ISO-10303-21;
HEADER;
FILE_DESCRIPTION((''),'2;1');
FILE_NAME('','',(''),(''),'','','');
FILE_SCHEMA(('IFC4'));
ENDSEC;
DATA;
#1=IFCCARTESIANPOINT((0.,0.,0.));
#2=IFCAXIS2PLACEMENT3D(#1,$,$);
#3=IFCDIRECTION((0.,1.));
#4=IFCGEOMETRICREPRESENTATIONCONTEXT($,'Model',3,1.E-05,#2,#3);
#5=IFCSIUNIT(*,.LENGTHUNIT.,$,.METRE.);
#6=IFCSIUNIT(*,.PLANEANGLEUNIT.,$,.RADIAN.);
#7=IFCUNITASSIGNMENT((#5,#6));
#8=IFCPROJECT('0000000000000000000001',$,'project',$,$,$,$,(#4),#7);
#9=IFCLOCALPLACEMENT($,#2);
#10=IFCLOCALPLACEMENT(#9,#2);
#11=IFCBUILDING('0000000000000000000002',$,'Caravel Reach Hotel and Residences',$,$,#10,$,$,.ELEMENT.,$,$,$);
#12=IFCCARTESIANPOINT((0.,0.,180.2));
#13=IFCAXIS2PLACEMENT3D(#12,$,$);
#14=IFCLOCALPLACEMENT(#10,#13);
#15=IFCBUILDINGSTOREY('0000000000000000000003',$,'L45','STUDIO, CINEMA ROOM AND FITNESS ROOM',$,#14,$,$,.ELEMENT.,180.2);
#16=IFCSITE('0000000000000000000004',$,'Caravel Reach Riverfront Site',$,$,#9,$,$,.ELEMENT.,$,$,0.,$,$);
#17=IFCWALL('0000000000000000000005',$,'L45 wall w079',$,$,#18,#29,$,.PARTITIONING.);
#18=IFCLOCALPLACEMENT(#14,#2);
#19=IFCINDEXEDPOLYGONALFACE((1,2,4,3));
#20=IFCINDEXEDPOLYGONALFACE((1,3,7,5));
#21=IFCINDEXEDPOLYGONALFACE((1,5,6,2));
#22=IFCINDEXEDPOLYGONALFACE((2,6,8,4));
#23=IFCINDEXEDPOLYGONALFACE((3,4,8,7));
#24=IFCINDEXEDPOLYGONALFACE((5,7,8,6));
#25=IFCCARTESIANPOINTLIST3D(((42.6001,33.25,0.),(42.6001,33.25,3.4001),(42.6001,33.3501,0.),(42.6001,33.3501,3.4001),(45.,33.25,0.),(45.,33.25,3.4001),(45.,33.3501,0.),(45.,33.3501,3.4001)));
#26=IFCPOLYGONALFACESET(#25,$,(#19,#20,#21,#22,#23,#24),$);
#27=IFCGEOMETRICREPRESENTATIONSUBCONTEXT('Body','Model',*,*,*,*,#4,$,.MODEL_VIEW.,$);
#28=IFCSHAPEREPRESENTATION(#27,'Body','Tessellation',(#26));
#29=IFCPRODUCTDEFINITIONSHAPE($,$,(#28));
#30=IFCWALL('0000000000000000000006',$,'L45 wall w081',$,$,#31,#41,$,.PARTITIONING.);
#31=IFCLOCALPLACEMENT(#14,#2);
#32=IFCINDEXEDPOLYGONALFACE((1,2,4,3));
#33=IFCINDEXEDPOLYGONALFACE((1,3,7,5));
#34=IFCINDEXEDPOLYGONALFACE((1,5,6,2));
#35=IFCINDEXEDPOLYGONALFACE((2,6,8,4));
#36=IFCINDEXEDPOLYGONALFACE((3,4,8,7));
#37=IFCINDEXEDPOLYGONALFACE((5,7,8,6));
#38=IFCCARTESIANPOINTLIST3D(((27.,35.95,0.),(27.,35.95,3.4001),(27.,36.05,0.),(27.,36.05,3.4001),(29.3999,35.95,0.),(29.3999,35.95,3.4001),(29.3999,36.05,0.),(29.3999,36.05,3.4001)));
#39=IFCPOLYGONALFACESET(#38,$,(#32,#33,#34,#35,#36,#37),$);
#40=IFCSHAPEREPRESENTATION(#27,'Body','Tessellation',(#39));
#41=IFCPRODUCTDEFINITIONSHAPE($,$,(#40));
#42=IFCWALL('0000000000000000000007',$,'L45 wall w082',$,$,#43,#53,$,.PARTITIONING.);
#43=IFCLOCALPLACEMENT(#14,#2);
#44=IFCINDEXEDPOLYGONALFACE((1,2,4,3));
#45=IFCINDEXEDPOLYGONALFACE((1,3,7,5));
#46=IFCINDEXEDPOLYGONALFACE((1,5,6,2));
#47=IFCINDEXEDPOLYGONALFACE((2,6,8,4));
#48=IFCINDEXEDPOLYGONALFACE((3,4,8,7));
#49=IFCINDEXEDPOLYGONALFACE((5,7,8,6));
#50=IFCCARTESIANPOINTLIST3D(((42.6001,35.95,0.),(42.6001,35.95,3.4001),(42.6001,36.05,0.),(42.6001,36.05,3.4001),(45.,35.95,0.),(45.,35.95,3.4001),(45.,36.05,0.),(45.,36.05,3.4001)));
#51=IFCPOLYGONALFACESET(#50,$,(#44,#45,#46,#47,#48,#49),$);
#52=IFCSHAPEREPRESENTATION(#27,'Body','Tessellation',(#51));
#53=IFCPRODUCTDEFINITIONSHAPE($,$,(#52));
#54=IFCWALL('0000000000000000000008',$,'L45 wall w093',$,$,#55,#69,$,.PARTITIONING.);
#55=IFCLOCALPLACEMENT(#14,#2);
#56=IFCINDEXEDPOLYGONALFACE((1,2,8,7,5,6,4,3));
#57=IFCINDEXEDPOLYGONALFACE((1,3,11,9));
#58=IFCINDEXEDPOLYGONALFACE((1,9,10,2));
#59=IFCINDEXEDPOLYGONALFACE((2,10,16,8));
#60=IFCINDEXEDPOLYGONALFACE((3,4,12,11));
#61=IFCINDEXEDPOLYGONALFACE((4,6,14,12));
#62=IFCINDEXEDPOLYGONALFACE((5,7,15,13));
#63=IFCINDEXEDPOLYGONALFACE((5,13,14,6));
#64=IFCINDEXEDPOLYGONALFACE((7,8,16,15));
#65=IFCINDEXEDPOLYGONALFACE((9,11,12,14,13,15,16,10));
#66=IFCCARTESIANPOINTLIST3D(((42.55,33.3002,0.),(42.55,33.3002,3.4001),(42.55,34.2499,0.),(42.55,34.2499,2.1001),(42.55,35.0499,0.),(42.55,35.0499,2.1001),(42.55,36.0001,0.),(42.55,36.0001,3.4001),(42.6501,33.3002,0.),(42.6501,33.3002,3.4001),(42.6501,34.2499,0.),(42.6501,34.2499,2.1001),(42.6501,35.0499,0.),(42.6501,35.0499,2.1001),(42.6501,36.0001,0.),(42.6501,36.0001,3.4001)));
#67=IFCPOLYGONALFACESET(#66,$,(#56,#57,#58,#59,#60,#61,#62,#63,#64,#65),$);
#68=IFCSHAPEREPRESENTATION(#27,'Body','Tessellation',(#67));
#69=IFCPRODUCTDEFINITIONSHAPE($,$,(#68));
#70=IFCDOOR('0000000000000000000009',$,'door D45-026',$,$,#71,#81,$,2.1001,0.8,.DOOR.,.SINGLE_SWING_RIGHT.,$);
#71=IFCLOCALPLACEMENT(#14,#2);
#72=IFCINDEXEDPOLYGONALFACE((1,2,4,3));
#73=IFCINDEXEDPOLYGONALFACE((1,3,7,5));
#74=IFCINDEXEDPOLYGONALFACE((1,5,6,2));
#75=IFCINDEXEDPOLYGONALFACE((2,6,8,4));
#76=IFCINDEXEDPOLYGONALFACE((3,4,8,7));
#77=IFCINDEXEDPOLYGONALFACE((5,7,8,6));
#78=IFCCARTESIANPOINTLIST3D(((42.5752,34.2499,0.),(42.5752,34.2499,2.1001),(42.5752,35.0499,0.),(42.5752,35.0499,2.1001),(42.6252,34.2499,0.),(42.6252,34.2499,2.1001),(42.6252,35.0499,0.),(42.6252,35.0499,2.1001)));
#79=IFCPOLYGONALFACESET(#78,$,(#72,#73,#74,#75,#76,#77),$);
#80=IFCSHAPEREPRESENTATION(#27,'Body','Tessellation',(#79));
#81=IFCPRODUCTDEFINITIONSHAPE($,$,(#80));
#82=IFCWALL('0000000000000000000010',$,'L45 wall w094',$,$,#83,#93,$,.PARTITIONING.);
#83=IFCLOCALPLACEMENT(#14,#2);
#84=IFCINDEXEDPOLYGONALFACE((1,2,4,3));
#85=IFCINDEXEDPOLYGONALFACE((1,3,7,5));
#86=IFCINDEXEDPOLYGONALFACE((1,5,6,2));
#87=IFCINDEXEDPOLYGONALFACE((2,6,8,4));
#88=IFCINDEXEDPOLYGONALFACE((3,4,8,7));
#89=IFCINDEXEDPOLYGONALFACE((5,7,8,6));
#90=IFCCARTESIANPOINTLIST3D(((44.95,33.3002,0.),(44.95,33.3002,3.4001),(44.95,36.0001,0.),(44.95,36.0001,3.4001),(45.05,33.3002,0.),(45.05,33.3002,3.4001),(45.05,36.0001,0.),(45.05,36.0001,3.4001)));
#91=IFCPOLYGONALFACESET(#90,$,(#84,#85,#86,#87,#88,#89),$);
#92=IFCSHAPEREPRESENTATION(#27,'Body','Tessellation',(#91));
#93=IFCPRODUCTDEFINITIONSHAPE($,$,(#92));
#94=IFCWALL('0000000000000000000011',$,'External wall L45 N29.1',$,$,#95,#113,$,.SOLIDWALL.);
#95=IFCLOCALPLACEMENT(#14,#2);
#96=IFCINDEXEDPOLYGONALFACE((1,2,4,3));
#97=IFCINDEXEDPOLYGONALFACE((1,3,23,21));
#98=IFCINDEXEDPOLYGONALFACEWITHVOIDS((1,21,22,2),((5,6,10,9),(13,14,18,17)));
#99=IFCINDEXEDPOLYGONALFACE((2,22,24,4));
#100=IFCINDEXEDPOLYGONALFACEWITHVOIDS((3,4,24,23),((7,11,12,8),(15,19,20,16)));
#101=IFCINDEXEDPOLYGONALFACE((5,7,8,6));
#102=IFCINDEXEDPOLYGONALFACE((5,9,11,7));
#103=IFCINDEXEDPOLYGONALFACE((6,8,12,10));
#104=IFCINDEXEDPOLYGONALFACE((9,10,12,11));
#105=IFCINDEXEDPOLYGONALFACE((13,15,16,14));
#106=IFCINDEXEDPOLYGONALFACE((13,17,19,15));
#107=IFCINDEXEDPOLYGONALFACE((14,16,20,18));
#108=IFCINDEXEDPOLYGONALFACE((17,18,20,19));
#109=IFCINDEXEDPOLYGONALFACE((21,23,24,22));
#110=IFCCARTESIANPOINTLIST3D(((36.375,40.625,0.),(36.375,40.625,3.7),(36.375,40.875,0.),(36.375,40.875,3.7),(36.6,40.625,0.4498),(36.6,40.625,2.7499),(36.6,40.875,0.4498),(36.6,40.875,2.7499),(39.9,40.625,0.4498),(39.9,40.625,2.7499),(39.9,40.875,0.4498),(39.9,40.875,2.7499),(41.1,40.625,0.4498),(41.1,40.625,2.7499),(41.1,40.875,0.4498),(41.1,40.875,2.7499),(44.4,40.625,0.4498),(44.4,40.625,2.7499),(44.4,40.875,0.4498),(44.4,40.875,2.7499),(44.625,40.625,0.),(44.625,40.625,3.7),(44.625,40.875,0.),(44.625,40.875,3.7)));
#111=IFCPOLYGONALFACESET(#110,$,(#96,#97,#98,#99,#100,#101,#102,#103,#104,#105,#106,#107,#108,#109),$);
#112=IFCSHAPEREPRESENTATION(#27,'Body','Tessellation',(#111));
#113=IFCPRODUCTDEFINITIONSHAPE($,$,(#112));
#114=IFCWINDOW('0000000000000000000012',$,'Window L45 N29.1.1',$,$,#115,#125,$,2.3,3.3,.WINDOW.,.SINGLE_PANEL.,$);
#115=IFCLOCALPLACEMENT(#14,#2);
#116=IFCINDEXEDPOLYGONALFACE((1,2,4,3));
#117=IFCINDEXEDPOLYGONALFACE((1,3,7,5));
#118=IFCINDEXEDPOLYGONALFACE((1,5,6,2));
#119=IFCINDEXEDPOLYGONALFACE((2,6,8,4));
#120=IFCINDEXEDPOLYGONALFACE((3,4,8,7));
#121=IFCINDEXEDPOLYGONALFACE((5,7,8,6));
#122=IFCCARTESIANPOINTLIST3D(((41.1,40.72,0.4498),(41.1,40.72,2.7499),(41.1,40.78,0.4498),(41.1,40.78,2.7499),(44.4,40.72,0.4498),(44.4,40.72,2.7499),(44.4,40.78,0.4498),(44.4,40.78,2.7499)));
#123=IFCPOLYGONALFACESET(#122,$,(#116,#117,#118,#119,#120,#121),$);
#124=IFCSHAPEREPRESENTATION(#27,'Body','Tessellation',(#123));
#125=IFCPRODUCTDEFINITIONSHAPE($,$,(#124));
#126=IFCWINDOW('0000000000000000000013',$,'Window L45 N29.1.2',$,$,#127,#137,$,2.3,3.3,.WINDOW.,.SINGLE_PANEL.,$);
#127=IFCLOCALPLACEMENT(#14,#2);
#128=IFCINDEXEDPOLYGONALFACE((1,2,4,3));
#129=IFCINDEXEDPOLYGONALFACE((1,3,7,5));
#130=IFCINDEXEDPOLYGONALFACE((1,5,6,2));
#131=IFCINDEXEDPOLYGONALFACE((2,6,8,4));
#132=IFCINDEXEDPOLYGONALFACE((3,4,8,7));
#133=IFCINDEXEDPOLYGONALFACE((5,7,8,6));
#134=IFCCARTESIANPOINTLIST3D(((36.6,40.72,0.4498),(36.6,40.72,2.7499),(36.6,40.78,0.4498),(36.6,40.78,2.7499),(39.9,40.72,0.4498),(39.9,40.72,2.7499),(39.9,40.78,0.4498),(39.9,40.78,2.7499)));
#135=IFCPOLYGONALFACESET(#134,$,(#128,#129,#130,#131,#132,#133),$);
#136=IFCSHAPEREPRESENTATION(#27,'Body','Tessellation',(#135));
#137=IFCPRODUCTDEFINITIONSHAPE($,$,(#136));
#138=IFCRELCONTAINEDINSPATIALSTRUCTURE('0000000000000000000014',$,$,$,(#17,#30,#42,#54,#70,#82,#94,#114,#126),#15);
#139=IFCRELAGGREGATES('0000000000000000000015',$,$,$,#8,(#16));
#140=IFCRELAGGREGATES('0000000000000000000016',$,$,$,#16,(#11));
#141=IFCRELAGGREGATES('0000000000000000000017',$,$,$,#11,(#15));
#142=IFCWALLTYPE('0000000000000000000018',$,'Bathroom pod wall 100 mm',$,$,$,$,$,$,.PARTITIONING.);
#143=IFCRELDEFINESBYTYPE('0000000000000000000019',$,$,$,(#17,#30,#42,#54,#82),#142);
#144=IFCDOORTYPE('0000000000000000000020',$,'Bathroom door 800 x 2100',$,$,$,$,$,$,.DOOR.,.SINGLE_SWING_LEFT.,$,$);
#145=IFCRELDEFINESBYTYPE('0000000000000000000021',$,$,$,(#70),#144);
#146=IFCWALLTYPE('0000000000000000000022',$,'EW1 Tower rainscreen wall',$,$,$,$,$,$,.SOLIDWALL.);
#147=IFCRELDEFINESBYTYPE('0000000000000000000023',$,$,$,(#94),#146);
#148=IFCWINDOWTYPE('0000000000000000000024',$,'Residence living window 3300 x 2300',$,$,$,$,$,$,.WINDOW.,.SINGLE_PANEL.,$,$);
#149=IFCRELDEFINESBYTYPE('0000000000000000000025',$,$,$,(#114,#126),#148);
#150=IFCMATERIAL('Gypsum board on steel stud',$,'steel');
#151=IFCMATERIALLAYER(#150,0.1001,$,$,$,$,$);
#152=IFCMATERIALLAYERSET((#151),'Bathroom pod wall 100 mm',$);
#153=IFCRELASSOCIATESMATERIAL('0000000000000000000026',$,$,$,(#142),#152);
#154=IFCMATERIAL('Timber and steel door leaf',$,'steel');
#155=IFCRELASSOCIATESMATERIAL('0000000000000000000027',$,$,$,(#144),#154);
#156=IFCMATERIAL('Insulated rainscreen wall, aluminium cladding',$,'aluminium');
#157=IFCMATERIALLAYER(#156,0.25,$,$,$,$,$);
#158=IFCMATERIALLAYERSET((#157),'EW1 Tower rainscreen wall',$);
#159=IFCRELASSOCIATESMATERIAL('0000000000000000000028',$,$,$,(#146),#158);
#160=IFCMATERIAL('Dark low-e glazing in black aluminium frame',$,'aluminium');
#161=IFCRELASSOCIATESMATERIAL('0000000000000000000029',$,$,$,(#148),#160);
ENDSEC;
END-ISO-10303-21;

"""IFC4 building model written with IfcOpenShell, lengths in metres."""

from ifc_helpers import new_model, si_unit, direction, frame, frame_2d, origin, place, context, subcontext, project, spatial, rectangle, extrude, material, layer, layer_set, type_object, element, fill, save


model = new_model("IFC4")

# Units and contexts
model_context = context("Model", 3, precision=1e-05, world=origin(), true_north=direction((0.0, 1.0)))
body_context = subcontext(model_context, "Body", "Model", "MODEL_VIEW")
ifc_project = project(units=[si_unit("LENGTHUNIT", "METRE"), si_unit("PLANEANGLEUNIT", "RADIAN")], contexts=[model_context])

# Site, building, storey
site_placement = place(None, origin())
site = spatial("IfcSite", under=ifc_project, at=site_placement, Name="Caravel Reach Riverfront Site", CompositionType="ELEMENT", RefElevation=0.0)
building_placement = place(site_placement, origin())
building = spatial("IfcBuilding", under=site, at=building_placement, Name="Caravel Reach Hotel and Residences", CompositionType="ELEMENT")
storey_placement = place(building_placement, frame((0.0, 0.0, 180.2)))
storey = spatial("IfcBuildingStorey", under=building, at=storey_placement, Name="L45", Description="STUDIO, CINEMA ROOM AND FITNESS ROOM", CompositionType="ELEMENT", Elevation=180.2)

# Walls
ifc_material_1 = material(Name="Gypsum board on steel stud", Category="steel")
ifc_layer_1 = layer(ifc_material_1, 0.1001)
ifc_layer_set_1 = layer_set([ifc_layer_1], Name="Bathroom pod wall 100 mm")
wall_type_1 = type_object("IfcWallType", Name="Bathroom pod wall 100 mm", PredefinedType="PARTITIONING", material=ifc_layer_set_1)
for number, where, z_axis, x_axis, name in (
    (1, (42.6001, 33.3, 0.0), (0.0, 0.0, 1.0), (1.0, 0.0, 0.0), "L45 wall w079"),
    (2, (27.0, 36.0, 0.0), (0.0, 0.0, 1.0), (1.0, 0.0, 0.0), "L45 wall w081"),
    (3, (42.6001, 36.0, 0.0), (0.0, 0.0, 1.0), (1.0, 0.0, 0.0), "L45 wall w082"),
):
    element("IfcWall", number, at=place(storey_placement, frame(where, z_axis=z_axis, x_axis=x_axis)), inside=storey, type_object=wall_type_1, Name=name, PredefinedType="PARTITIONING", context=body_context, shape_type="SweptSolid", body=[
        extrude(rectangle(XDim=2.3999, YDim=0.1001, at=frame_2d((1.2, 0.0))), origin(), (0.0, 0.0, 1.0), 3.4001),
    ])

# Wall, opening, door
wall_1_placement = place(storey_placement, frame((42.6001, 33.3, 0.0), z_axis=(0.0, 0.0, 1.0), x_axis=(0.0, 1.0, 0.0)))
wall_1 = element("IfcWall", 4, at=wall_1_placement, inside=storey, type_object=wall_type_1, Name="L45 wall w093", PredefinedType="PARTITIONING", context=body_context, shape_type="SweptSolid", body=[
    extrude(rectangle(XDim=2.7, YDim=0.1001, at=frame_2d((1.3501, 0.0))), origin(), (0.0, 0.0, 1.0), 3.4001),
])
opening_1_placement = place(wall_1_placement, frame((0.95, 0.0, 0.0)))
opening_1 = element("IfcOpeningElement", 5, at=opening_1_placement, cuts=wall_1, PredefinedType="OPENING", context=body_context, shape_type="SweptSolid", body=[
    extrude(rectangle(XDim=0.8, YDim=2.1001, at=frame_2d((0.3999, 1.05))), frame((0.0, 0.0601, 0.0), z_axis=(0.0, -1.0, 0.0), x_axis=(1.0, 0.0, 0.0)), (0.0, 0.0, 1.0), 0.1201),
])
ifc_material_2 = material(Name="Timber and steel door leaf", Category="steel")
door_type_1 = type_object("IfcDoorType", Name="Bathroom door 800 x 2100", OperationType="SINGLE_SWING_LEFT", PredefinedType="DOOR", material=ifc_material_2)
door_1_placement = place(opening_1_placement, origin())
door_1 = element("IfcDoor", 6, at=door_1_placement, inside=storey, type_object=door_type_1, Name="door D45-026", OperationType="SINGLE_SWING_RIGHT", OverallHeight=2.1001, OverallWidth=0.8, PredefinedType="DOOR", context=body_context, shape_type="SweptSolid", body=[
    extrude(rectangle(XDim=0.8, YDim=2.1001, at=frame_2d((0.3999, 1.05))), frame((0.0, 0.0249, 0.0), z_axis=(0.0, -1.0, 0.0), x_axis=(1.0, 0.0, 0.0)), (0.0, 0.0, 1.0), 0.05),
])
fill(opening_1, door_1)

# Wall
wall_2_placement = place(storey_placement, frame((45.0, 33.3, 0.0), z_axis=(0.0, 0.0, 1.0), x_axis=(0.0, 1.0, 0.0)))
element("IfcWall", 7, at=wall_2_placement, inside=storey, type_object=wall_type_1, Name="L45 wall w094", PredefinedType="PARTITIONING", context=body_context, shape_type="SweptSolid", body=[
    extrude(rectangle(XDim=2.7, YDim=0.1001, at=frame_2d((1.3501, 0.0))), origin(), (0.0, 0.0, 1.0), 3.4001),
])

# Wall, openings, windows
ifc_material_3 = material(Name="Insulated rainscreen wall, aluminium cladding", Category="aluminium")
ifc_layer_2 = layer(ifc_material_3, 0.25)
ifc_layer_set_2 = layer_set([ifc_layer_2], Name="EW1 Tower rainscreen wall")
wall_type_2 = type_object("IfcWallType", Name="EW1 Tower rainscreen wall", PredefinedType="SOLIDWALL", material=ifc_layer_set_2)
wall_3_placement = place(storey_placement, frame((44.625, 40.75, 0.0), z_axis=(0.0, 0.0, 1.0), x_axis=(-1.0, 0.0, 0.0)))
wall_3 = element("IfcWall", 8, at=wall_3_placement, inside=storey, type_object=wall_type_2, Name="External wall L45 N29.1", PredefinedType="SOLIDWALL", context=body_context, shape_type="SweptSolid", body=[
    extrude(rectangle(XDim=8.25, YDim=0.25, at=frame_2d((4.125, 0.0))), origin(), (0.0, 0.0, 1.0), 3.7),
])
opening_2_placement = place(wall_3_placement, frame((0.2251, 0.0, 0.45)))
opening_2 = element("IfcOpeningElement", 9, at=opening_2_placement, cuts=wall_3, PredefinedType="OPENING", context=body_context, shape_type="SweptSolid", body=[
    extrude(rectangle(XDim=3.3, YDim=2.3, at=frame_2d((1.6499, 1.1499))), frame((0.0, 0.135, 0.0), z_axis=(0.0, -1.0, 0.0), x_axis=(1.0, 0.0, 0.0)), (0.0, 0.0, 1.0), 0.27),
])
opening_3_placement = place(wall_3_placement, frame((4.7251, 0.0, 0.45)))
opening_3 = element("IfcOpeningElement", 10, at=opening_3_placement, cuts=wall_3, PredefinedType="OPENING", context=body_context, shape_type="SweptSolid", body=[
    extrude(rectangle(XDim=3.3, YDim=2.3, at=frame_2d((1.6499, 1.1499))), frame((0.0, 0.135, 0.0), z_axis=(0.0, -1.0, 0.0), x_axis=(1.0, 0.0, 0.0)), (0.0, 0.0, 1.0), 0.27),
])
ifc_material_4 = material(Name="Dark low-e glazing in black aluminium frame", Category="aluminium")
window_type = type_object("IfcWindowType", Name="Residence living window 3300 x 2300", PartitioningType="SINGLE_PANEL", PredefinedType="WINDOW", material=ifc_material_4)
window_1_placement = place(opening_2_placement, origin())
window_1 = element("IfcWindow", 11, at=window_1_placement, inside=storey, type_object=window_type, Name="Window L45 N29.1.1", OverallHeight=2.3, OverallWidth=3.3, PartitioningType="SINGLE_PANEL", PredefinedType="WINDOW", context=body_context, shape_type="SweptSolid", body=[
    extrude(rectangle(XDim=3.3, YDim=2.3, at=frame_2d((1.6499, 1.1499))), frame((0.0, 0.03, 0.0), z_axis=(0.0, -1.0, 0.0), x_axis=(1.0, 0.0, 0.0)), (0.0, 0.0, 1.0), 0.0601),
])
fill(opening_2, window_1)
window_2_placement = place(opening_3_placement, origin())
window_2 = element("IfcWindow", 12, at=window_2_placement, inside=storey, type_object=window_type, Name="Window L45 N29.1.2", OverallHeight=2.3, OverallWidth=3.3, PartitioningType="SINGLE_PANEL", PredefinedType="WINDOW", context=body_context, shape_type="SweptSolid", body=[
    extrude(rectangle(XDim=3.3, YDim=2.3, at=frame_2d((1.6499, 1.1499))), frame((0.0, 0.03, 0.0), z_axis=(0.0, -1.0, 0.0), x_axis=(1.0, 0.0, 0.0)), (0.0, 0.0, 1.0), 0.0601),
])
fill(opening_3, window_2)

save(model, "model.ifc")
